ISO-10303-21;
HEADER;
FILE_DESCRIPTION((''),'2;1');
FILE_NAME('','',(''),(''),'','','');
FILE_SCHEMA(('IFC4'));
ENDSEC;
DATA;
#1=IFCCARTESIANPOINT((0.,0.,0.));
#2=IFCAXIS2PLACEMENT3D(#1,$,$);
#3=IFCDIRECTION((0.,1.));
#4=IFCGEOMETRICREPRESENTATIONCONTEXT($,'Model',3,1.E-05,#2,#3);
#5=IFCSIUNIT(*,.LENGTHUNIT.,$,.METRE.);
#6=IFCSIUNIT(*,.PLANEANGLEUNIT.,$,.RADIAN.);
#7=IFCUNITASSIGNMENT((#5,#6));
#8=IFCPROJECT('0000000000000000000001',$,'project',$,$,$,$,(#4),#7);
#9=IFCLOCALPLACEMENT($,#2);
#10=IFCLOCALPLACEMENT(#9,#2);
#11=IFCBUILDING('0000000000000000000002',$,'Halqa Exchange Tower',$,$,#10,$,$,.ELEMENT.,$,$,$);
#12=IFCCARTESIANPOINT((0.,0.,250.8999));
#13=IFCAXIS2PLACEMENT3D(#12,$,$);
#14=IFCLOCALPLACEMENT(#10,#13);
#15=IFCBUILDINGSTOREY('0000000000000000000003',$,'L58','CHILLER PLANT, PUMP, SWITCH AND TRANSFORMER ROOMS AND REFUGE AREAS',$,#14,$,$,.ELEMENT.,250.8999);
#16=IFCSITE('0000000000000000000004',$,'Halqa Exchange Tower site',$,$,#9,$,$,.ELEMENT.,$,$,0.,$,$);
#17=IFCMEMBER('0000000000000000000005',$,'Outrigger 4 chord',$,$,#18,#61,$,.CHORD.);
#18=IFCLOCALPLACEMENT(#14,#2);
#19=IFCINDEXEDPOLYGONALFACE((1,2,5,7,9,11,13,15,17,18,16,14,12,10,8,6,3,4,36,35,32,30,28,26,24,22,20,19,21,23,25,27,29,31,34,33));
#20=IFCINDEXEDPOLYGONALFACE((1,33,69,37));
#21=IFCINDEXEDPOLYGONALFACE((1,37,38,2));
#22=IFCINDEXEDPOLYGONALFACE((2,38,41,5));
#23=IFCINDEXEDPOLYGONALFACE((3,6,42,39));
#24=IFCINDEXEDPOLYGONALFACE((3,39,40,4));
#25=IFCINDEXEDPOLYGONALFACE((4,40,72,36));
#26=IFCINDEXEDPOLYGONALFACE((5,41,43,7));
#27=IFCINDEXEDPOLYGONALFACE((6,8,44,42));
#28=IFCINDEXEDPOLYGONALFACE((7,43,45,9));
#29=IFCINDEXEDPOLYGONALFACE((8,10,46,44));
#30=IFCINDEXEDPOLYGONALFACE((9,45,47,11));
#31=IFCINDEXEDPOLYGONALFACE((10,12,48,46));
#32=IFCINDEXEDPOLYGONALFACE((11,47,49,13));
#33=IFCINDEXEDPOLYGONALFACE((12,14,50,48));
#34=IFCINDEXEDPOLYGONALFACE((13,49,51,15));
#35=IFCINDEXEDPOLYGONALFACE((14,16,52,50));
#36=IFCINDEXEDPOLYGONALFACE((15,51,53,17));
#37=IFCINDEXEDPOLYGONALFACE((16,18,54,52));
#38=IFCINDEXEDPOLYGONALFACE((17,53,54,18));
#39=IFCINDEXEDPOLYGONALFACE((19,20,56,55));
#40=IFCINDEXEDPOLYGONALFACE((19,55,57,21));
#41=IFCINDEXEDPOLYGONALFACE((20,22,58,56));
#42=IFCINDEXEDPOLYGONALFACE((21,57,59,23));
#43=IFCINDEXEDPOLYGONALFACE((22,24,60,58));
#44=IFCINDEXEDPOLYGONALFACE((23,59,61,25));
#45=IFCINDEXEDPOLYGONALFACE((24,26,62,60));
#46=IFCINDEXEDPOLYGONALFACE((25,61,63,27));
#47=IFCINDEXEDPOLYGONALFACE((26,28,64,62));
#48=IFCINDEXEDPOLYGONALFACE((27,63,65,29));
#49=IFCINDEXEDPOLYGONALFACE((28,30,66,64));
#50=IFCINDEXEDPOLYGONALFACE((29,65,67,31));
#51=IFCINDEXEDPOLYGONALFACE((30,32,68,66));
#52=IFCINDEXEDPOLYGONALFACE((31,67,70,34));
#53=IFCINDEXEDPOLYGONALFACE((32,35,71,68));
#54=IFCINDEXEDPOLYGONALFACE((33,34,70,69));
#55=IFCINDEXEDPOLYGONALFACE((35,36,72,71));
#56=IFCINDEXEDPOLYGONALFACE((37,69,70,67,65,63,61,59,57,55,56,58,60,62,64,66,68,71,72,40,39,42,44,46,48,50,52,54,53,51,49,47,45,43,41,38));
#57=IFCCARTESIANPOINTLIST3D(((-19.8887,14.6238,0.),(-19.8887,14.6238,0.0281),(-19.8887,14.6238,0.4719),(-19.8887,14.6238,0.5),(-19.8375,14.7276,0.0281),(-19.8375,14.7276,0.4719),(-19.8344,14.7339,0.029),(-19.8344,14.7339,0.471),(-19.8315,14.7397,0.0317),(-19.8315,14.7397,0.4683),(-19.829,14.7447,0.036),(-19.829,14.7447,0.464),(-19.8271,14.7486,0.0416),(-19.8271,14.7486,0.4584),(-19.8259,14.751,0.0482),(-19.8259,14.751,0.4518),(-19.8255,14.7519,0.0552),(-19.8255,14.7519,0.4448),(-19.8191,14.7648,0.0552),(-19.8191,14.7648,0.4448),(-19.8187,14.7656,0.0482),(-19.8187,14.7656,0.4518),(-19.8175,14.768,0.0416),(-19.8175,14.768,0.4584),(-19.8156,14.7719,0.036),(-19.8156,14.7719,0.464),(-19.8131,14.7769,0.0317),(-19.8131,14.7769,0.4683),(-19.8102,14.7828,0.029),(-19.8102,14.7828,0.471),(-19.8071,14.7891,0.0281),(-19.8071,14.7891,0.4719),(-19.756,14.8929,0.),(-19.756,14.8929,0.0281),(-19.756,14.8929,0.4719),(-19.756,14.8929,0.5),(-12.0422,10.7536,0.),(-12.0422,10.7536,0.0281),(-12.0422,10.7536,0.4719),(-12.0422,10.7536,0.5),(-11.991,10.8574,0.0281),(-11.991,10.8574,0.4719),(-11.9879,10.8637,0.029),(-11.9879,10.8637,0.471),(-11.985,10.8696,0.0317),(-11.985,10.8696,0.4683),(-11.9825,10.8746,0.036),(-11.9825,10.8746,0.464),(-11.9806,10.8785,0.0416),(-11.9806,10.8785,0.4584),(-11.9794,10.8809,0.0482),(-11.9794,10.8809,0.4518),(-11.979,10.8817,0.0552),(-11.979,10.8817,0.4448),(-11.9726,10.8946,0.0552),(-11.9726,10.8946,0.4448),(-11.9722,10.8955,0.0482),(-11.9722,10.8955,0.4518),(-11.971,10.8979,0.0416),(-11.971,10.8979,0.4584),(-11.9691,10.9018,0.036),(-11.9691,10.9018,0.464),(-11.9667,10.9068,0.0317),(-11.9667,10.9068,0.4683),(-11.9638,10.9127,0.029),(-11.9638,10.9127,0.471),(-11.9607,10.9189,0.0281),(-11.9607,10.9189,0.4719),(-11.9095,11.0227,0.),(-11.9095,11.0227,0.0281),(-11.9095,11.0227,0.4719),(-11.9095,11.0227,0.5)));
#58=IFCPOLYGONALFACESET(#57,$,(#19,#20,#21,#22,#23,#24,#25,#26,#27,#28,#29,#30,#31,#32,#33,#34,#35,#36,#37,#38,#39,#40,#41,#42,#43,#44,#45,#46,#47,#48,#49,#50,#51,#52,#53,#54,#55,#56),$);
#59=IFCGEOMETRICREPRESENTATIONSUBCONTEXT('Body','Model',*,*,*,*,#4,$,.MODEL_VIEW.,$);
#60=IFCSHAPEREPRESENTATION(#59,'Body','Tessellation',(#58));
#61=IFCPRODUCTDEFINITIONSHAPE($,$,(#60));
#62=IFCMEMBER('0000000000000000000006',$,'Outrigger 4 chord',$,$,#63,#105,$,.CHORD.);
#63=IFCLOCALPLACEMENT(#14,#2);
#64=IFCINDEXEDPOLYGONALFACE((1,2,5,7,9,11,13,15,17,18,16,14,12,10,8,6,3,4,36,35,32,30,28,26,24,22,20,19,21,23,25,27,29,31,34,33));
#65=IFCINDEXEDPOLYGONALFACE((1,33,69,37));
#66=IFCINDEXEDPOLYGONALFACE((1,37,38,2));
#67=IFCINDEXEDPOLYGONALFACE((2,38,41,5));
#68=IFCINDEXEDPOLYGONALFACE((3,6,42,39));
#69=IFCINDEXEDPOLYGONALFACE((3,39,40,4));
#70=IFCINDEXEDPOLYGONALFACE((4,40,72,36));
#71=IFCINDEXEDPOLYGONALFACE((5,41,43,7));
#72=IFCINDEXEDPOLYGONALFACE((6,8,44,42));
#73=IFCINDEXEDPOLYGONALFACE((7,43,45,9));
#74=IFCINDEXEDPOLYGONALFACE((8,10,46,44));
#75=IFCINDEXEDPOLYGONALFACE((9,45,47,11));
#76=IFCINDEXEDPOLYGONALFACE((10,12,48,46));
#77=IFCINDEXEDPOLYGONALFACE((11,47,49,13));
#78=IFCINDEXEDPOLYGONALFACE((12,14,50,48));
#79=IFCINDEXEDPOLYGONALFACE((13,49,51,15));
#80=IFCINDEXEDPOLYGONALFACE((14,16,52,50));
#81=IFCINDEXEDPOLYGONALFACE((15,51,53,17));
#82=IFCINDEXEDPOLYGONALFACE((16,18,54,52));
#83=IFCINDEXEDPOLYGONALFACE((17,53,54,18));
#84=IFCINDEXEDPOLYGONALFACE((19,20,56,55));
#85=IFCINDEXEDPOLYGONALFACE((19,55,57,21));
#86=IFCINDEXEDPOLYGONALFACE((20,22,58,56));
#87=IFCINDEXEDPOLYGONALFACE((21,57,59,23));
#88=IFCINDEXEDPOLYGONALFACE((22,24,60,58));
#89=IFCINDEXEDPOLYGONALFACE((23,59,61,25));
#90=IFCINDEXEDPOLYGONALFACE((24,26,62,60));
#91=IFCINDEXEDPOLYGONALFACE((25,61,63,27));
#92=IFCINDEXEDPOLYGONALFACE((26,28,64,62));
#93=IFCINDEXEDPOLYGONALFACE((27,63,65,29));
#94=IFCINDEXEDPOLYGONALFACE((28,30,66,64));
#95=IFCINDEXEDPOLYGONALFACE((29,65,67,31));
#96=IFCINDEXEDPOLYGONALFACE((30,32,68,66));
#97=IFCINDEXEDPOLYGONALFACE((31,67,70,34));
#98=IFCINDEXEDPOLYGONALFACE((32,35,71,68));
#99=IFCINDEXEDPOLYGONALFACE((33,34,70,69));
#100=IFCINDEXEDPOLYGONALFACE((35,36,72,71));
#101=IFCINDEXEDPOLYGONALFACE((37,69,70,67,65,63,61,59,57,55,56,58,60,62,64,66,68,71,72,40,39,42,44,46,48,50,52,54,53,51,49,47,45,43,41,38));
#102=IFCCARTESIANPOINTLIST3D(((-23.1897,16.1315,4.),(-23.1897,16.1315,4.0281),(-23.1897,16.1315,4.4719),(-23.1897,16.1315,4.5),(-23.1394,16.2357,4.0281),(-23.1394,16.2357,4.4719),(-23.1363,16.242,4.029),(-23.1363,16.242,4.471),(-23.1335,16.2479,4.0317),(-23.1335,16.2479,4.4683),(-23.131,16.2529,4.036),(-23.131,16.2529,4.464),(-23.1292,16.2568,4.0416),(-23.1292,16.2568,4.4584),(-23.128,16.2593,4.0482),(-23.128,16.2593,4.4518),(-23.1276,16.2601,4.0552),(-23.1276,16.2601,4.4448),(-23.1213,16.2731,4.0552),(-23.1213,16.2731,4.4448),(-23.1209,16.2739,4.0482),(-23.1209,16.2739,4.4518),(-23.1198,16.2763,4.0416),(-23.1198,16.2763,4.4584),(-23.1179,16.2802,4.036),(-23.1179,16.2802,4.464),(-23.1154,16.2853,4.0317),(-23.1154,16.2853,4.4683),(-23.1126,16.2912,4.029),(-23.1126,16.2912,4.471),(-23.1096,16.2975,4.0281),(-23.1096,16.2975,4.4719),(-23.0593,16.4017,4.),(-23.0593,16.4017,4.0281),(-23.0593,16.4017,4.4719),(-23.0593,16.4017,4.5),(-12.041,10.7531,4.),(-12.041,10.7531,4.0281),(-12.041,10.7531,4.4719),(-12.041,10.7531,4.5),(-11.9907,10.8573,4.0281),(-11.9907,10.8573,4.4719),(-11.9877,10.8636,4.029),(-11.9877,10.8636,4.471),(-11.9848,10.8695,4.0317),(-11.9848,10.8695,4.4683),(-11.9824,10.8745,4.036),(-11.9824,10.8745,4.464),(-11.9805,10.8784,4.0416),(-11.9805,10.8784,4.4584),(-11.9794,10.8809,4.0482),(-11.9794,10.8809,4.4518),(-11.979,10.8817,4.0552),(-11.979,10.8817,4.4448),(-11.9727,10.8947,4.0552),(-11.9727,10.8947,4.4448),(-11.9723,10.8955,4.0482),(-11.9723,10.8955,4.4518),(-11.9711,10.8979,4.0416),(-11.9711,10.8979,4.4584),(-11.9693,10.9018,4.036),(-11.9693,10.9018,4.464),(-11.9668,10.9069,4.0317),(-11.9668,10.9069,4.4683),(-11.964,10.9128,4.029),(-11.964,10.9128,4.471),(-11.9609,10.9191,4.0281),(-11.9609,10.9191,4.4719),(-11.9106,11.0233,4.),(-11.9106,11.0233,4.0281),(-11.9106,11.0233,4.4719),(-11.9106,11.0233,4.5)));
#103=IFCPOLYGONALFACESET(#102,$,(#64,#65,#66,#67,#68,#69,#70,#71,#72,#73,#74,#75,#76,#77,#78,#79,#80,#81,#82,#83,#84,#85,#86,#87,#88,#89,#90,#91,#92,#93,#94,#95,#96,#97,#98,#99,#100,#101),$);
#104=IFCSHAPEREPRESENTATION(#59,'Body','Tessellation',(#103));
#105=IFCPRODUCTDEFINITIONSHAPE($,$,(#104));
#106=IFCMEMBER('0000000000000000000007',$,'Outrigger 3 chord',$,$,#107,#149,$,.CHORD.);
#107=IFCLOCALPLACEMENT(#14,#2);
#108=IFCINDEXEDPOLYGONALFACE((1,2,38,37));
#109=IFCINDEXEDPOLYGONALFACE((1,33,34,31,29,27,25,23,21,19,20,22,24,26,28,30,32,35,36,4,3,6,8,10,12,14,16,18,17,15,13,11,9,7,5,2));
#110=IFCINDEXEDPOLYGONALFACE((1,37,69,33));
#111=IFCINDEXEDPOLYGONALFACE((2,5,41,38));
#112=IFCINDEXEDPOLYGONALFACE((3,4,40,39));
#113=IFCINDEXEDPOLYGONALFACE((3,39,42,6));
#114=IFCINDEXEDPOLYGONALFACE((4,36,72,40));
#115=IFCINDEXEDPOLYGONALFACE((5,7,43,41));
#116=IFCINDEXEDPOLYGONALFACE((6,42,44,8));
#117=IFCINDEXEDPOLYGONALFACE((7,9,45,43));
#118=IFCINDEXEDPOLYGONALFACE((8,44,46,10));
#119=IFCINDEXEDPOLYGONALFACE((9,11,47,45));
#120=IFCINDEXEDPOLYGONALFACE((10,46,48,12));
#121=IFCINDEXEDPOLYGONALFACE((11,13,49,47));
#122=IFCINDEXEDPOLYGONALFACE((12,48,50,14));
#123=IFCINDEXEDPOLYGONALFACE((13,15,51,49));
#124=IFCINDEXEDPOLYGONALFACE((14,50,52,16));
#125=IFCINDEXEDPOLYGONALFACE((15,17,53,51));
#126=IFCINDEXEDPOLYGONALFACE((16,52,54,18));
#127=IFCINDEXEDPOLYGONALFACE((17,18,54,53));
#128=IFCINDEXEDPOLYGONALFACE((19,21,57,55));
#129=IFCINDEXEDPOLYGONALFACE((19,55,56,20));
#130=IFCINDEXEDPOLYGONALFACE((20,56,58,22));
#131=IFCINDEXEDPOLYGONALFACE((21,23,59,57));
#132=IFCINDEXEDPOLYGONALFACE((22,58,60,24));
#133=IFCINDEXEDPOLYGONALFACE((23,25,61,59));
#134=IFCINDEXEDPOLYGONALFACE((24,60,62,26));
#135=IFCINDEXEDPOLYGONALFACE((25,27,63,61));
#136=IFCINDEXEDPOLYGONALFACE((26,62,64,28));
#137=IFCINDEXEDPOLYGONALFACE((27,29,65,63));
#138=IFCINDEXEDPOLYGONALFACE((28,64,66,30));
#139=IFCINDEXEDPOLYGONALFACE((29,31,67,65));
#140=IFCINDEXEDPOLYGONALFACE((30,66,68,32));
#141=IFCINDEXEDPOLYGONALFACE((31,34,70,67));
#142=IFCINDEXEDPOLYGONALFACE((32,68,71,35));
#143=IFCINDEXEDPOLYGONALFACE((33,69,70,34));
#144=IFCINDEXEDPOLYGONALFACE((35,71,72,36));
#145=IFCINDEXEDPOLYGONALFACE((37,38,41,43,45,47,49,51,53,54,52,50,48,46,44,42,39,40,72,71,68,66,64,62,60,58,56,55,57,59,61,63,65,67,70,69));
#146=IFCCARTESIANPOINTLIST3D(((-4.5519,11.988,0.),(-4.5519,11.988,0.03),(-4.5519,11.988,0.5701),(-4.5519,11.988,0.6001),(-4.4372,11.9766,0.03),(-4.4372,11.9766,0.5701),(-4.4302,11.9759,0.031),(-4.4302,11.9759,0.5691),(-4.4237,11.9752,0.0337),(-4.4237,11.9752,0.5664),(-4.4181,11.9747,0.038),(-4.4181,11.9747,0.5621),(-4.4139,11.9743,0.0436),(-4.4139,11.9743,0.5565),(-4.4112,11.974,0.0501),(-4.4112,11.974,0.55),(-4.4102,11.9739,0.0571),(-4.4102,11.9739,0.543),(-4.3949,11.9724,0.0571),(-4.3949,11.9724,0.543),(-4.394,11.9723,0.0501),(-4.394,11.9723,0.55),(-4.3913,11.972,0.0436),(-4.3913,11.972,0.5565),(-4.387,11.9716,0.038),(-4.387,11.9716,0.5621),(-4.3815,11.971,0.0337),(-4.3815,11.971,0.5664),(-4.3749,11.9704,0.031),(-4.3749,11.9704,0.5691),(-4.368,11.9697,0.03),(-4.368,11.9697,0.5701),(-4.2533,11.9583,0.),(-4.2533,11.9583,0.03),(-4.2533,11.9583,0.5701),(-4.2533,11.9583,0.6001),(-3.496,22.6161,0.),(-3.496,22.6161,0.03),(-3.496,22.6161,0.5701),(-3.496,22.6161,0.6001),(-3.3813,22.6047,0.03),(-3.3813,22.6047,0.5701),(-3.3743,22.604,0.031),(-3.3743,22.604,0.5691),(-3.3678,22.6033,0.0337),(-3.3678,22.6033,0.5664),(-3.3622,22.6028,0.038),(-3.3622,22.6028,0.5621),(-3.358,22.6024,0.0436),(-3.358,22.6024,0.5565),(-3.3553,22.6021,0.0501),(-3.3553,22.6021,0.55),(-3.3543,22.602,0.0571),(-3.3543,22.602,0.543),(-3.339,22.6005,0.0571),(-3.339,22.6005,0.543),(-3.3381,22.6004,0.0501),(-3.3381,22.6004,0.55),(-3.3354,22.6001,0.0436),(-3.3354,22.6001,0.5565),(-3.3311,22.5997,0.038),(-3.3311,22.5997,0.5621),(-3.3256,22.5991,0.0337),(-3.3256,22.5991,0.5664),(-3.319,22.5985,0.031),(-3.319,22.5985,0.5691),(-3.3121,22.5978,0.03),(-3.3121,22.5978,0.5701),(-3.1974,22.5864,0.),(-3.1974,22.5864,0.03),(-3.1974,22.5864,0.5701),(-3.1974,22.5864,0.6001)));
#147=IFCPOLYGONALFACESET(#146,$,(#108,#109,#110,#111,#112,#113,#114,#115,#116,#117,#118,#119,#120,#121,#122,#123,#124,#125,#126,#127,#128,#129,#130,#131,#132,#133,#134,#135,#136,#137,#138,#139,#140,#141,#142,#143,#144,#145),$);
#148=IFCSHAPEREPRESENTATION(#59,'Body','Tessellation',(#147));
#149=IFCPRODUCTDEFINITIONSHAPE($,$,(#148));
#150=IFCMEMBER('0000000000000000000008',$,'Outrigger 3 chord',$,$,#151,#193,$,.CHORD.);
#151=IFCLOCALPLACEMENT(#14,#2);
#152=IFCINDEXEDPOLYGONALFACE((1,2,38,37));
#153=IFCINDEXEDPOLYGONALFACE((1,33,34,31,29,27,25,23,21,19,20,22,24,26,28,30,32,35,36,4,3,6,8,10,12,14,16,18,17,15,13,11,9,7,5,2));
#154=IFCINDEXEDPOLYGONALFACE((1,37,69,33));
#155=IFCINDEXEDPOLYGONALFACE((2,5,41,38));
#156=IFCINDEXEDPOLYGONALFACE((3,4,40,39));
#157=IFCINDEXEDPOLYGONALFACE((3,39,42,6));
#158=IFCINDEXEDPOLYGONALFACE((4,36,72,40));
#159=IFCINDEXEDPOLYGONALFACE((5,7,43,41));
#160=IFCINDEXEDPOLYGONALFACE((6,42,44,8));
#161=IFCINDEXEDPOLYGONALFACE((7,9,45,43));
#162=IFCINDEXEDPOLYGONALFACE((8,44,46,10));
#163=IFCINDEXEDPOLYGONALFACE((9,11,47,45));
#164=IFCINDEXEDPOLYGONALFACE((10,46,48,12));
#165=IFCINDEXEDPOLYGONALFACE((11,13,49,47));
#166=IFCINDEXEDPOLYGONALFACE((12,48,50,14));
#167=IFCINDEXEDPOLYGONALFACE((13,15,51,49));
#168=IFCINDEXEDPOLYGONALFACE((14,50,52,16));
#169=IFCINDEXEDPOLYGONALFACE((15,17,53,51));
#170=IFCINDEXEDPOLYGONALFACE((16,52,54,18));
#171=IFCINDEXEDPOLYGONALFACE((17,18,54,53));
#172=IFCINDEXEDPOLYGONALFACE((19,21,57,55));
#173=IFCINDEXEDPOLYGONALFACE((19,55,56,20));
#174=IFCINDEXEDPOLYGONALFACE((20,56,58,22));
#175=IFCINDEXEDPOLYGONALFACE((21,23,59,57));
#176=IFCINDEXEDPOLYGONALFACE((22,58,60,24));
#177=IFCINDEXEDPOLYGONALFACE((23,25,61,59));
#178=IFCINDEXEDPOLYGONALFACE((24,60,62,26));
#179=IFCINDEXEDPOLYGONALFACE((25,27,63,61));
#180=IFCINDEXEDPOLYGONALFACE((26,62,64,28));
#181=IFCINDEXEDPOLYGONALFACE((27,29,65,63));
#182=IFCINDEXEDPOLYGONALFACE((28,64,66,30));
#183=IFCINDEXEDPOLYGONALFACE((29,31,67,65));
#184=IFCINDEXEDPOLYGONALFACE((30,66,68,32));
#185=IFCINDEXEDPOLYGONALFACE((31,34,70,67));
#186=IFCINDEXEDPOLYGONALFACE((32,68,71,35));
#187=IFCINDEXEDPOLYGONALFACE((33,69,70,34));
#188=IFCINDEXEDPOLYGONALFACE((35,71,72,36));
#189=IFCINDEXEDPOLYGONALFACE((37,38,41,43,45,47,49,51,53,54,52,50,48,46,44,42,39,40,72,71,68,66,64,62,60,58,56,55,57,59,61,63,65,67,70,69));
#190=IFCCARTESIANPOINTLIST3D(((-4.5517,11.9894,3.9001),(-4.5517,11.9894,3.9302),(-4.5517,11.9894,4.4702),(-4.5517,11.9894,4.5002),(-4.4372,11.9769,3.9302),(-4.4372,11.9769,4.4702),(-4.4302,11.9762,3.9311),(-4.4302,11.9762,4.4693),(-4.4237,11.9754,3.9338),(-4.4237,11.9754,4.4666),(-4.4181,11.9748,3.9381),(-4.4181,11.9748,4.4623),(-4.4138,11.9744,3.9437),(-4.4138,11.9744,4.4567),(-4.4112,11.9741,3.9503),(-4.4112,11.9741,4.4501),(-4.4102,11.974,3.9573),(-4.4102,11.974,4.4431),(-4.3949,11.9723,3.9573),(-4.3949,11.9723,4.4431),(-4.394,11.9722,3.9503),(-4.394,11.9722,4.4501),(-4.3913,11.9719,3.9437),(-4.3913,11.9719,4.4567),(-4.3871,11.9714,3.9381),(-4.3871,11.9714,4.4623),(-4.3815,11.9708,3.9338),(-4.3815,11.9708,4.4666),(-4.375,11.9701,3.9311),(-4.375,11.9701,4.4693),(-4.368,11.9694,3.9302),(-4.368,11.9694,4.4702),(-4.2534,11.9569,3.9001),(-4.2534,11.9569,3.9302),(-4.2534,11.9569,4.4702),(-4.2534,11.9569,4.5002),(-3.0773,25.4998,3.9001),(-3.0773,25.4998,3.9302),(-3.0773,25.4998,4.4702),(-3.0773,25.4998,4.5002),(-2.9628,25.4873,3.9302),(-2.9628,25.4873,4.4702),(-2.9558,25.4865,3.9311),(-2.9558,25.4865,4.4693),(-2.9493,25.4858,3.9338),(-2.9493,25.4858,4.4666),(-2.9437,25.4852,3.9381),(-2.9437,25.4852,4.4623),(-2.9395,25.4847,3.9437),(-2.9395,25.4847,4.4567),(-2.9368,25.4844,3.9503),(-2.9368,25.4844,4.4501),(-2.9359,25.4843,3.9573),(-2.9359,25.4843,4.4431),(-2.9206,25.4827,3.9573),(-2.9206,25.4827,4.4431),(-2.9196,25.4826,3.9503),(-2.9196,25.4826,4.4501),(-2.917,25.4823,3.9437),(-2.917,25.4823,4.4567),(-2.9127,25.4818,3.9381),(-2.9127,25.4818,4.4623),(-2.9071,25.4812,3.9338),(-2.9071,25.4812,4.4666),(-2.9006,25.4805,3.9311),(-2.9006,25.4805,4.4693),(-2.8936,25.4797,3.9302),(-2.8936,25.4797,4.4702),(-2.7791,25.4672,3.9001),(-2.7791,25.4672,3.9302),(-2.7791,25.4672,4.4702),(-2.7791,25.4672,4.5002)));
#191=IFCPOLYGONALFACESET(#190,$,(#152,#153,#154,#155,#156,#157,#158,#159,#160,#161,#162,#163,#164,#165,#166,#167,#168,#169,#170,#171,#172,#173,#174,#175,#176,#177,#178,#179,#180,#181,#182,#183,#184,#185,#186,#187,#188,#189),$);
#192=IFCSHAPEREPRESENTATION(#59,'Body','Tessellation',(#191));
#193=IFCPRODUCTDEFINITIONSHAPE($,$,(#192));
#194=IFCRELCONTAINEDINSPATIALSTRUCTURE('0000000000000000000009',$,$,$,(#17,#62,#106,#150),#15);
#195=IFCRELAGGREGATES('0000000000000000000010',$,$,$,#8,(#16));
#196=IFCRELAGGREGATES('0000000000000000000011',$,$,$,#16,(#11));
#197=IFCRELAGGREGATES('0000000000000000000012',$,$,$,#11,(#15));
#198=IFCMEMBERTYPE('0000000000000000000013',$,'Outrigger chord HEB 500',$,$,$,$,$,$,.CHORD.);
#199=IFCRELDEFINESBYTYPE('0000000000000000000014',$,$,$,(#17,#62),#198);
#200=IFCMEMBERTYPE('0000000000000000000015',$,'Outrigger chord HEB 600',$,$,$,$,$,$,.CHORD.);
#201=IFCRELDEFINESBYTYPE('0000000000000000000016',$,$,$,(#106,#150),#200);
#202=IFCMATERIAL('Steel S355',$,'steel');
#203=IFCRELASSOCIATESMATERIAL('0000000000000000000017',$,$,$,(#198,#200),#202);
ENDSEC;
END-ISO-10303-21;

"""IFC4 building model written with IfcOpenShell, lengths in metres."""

from ifc_helpers import new_model, si_unit, direction, frame, origin, origin_2d, place, context, subcontext, project, spatial, i_section, extrude, material, material_profile, profile_set, type_object, element, save


model = new_model("IFC4")

# Units and contexts
model_context = context("Model", 3, precision=1e-05, world=origin(), true_north=direction((0.0, 1.0)))
body_context = subcontext(model_context, "Body", "Model", "MODEL_VIEW")
ifc_project = project(units=[si_unit("LENGTHUNIT", "METRE"), si_unit("PLANEANGLEUNIT", "RADIAN")], contexts=[model_context])

# Site, building, storey
site_placement = place(None, origin())
site = spatial("IfcSite", under=ifc_project, at=site_placement, Name="Halqa Exchange Tower site", CompositionType="ELEMENT", RefElevation=0.0)
building_placement = place(site_placement, origin())
building = spatial("IfcBuilding", under=site, at=building_placement, Name="Halqa Exchange Tower", CompositionType="ELEMENT")
storey_placement = place(building_placement, frame((0.0, 0.0, 250.8999)))
storey = spatial("IfcBuildingStorey", under=building, at=storey_placement, Name="L58", Description="CHILLER PLANT, PUMP, SWITCH AND TRANSFORMER ROOMS AND REFUGE AREAS", CompositionType="ELEMENT", Elevation=250.8999)

# Shared definitions
ifc_material_1 = material(Name="Steel S355", Category="steel")

# Members
ifc_material_profile_1 = material_profile(ifc_material_1, i_section(OverallWidth=0.3, OverallDepth=0.5, WebThickness=0.0144, FlangeThickness=0.0281, FilletRadius=0.0271, at=origin_2d()), Name="HEB 500")
ifc_profile_set_1 = profile_set([ifc_material_profile_1], Name="Steel S355")
member_type_1 = type_object("IfcMemberType", Name="Outrigger chord HEB 500", PredefinedType="CHORD", material=ifc_profile_set_1)
member_1_placement = place(storey_placement, frame((-11.9758, 10.8882, 0.25), z_axis=(-0.896842, 0.442352, 0.0), x_axis=(-0.442352, -0.896842, 0.0)))
element("IfcMember", 1, at=member_1_placement, inside=storey, type_object=member_type_1, Name="Outrigger 4 chord", PredefinedType="CHORD", context=body_context, shape_type="SweptSolid", body=[
    extrude(i_section(OverallWidth=0.3, OverallDepth=0.5, WebThickness=0.0144, FlangeThickness=0.0281, FilletRadius=0.0271, at=origin_2d()), origin(), (0.0, 0.0, 1.0), 8.749),
])
member_2_placement = place(storey_placement, frame((-11.9758, 10.8882, 4.25), z_axis=(-0.900669, 0.434506, 0.0), x_axis=(-0.434506, -0.900669, 0.0)))
element("IfcMember", 2, at=member_2_placement, inside=storey, type_object=member_type_1, Name="Outrigger 4 chord", PredefinedType="CHORD", context=body_context, shape_type="SweptSolid", body=[
    extrude(i_section(OverallWidth=0.3, OverallDepth=0.5, WebThickness=0.0144, FlangeThickness=0.0281, FilletRadius=0.0271, at=origin_2d()), origin(), (0.0, 0.0, 1.0), 12.3782),
])
ifc_material_profile_2 = material_profile(ifc_material_1, i_section(OverallWidth=0.3, OverallDepth=0.6001, WebThickness=0.0154, FlangeThickness=0.03, FilletRadius=0.0271, at=origin_2d()), Name="HEB 600")
ifc_profile_set_2 = profile_set([ifc_material_profile_2], Name="Steel S355")
member_type_2 = type_object("IfcMemberType", Name="Outrigger chord HEB 600", PredefinedType="CHORD", material=ifc_profile_set_2)
member_3_placement = place(storey_placement, frame((-4.4026, 11.9731, 0.3), z_axis=(0.098863, 0.995101, 0.0), x_axis=(-0.995101, 0.098863, 0.0)))
element("IfcMember", 3, at=member_3_placement, inside=storey, type_object=member_type_2, Name="Outrigger 3 chord", PredefinedType="CHORD", context=body_context, shape_type="SweptSolid", body=[
    extrude(i_section(OverallWidth=0.3, OverallDepth=0.6001, WebThickness=0.0154, FlangeThickness=0.03, FilletRadius=0.0271, at=origin_2d()), origin(), (0.0, 0.0, 1.0), 10.6804),
])
member_4_placement = place(storey_placement, frame((-4.4026, 11.9731, 4.2002), z_axis=(0.108485, 0.994098, 0.0), x_axis=(-0.994098, 0.108485, 0.0)))
element("IfcMember", 4, at=member_4_placement, inside=storey, type_object=member_type_2, Name="Outrigger 3 chord", PredefinedType="CHORD", context=body_context, shape_type="SweptSolid", body=[
    extrude(i_section(OverallWidth=0.3, OverallDepth=0.6001, WebThickness=0.0154, FlangeThickness=0.03, FilletRadius=0.0271, at=origin_2d()), origin(), (0.0, 0.0, 1.0), 13.5906),
])

save(model, "model.ifc")
